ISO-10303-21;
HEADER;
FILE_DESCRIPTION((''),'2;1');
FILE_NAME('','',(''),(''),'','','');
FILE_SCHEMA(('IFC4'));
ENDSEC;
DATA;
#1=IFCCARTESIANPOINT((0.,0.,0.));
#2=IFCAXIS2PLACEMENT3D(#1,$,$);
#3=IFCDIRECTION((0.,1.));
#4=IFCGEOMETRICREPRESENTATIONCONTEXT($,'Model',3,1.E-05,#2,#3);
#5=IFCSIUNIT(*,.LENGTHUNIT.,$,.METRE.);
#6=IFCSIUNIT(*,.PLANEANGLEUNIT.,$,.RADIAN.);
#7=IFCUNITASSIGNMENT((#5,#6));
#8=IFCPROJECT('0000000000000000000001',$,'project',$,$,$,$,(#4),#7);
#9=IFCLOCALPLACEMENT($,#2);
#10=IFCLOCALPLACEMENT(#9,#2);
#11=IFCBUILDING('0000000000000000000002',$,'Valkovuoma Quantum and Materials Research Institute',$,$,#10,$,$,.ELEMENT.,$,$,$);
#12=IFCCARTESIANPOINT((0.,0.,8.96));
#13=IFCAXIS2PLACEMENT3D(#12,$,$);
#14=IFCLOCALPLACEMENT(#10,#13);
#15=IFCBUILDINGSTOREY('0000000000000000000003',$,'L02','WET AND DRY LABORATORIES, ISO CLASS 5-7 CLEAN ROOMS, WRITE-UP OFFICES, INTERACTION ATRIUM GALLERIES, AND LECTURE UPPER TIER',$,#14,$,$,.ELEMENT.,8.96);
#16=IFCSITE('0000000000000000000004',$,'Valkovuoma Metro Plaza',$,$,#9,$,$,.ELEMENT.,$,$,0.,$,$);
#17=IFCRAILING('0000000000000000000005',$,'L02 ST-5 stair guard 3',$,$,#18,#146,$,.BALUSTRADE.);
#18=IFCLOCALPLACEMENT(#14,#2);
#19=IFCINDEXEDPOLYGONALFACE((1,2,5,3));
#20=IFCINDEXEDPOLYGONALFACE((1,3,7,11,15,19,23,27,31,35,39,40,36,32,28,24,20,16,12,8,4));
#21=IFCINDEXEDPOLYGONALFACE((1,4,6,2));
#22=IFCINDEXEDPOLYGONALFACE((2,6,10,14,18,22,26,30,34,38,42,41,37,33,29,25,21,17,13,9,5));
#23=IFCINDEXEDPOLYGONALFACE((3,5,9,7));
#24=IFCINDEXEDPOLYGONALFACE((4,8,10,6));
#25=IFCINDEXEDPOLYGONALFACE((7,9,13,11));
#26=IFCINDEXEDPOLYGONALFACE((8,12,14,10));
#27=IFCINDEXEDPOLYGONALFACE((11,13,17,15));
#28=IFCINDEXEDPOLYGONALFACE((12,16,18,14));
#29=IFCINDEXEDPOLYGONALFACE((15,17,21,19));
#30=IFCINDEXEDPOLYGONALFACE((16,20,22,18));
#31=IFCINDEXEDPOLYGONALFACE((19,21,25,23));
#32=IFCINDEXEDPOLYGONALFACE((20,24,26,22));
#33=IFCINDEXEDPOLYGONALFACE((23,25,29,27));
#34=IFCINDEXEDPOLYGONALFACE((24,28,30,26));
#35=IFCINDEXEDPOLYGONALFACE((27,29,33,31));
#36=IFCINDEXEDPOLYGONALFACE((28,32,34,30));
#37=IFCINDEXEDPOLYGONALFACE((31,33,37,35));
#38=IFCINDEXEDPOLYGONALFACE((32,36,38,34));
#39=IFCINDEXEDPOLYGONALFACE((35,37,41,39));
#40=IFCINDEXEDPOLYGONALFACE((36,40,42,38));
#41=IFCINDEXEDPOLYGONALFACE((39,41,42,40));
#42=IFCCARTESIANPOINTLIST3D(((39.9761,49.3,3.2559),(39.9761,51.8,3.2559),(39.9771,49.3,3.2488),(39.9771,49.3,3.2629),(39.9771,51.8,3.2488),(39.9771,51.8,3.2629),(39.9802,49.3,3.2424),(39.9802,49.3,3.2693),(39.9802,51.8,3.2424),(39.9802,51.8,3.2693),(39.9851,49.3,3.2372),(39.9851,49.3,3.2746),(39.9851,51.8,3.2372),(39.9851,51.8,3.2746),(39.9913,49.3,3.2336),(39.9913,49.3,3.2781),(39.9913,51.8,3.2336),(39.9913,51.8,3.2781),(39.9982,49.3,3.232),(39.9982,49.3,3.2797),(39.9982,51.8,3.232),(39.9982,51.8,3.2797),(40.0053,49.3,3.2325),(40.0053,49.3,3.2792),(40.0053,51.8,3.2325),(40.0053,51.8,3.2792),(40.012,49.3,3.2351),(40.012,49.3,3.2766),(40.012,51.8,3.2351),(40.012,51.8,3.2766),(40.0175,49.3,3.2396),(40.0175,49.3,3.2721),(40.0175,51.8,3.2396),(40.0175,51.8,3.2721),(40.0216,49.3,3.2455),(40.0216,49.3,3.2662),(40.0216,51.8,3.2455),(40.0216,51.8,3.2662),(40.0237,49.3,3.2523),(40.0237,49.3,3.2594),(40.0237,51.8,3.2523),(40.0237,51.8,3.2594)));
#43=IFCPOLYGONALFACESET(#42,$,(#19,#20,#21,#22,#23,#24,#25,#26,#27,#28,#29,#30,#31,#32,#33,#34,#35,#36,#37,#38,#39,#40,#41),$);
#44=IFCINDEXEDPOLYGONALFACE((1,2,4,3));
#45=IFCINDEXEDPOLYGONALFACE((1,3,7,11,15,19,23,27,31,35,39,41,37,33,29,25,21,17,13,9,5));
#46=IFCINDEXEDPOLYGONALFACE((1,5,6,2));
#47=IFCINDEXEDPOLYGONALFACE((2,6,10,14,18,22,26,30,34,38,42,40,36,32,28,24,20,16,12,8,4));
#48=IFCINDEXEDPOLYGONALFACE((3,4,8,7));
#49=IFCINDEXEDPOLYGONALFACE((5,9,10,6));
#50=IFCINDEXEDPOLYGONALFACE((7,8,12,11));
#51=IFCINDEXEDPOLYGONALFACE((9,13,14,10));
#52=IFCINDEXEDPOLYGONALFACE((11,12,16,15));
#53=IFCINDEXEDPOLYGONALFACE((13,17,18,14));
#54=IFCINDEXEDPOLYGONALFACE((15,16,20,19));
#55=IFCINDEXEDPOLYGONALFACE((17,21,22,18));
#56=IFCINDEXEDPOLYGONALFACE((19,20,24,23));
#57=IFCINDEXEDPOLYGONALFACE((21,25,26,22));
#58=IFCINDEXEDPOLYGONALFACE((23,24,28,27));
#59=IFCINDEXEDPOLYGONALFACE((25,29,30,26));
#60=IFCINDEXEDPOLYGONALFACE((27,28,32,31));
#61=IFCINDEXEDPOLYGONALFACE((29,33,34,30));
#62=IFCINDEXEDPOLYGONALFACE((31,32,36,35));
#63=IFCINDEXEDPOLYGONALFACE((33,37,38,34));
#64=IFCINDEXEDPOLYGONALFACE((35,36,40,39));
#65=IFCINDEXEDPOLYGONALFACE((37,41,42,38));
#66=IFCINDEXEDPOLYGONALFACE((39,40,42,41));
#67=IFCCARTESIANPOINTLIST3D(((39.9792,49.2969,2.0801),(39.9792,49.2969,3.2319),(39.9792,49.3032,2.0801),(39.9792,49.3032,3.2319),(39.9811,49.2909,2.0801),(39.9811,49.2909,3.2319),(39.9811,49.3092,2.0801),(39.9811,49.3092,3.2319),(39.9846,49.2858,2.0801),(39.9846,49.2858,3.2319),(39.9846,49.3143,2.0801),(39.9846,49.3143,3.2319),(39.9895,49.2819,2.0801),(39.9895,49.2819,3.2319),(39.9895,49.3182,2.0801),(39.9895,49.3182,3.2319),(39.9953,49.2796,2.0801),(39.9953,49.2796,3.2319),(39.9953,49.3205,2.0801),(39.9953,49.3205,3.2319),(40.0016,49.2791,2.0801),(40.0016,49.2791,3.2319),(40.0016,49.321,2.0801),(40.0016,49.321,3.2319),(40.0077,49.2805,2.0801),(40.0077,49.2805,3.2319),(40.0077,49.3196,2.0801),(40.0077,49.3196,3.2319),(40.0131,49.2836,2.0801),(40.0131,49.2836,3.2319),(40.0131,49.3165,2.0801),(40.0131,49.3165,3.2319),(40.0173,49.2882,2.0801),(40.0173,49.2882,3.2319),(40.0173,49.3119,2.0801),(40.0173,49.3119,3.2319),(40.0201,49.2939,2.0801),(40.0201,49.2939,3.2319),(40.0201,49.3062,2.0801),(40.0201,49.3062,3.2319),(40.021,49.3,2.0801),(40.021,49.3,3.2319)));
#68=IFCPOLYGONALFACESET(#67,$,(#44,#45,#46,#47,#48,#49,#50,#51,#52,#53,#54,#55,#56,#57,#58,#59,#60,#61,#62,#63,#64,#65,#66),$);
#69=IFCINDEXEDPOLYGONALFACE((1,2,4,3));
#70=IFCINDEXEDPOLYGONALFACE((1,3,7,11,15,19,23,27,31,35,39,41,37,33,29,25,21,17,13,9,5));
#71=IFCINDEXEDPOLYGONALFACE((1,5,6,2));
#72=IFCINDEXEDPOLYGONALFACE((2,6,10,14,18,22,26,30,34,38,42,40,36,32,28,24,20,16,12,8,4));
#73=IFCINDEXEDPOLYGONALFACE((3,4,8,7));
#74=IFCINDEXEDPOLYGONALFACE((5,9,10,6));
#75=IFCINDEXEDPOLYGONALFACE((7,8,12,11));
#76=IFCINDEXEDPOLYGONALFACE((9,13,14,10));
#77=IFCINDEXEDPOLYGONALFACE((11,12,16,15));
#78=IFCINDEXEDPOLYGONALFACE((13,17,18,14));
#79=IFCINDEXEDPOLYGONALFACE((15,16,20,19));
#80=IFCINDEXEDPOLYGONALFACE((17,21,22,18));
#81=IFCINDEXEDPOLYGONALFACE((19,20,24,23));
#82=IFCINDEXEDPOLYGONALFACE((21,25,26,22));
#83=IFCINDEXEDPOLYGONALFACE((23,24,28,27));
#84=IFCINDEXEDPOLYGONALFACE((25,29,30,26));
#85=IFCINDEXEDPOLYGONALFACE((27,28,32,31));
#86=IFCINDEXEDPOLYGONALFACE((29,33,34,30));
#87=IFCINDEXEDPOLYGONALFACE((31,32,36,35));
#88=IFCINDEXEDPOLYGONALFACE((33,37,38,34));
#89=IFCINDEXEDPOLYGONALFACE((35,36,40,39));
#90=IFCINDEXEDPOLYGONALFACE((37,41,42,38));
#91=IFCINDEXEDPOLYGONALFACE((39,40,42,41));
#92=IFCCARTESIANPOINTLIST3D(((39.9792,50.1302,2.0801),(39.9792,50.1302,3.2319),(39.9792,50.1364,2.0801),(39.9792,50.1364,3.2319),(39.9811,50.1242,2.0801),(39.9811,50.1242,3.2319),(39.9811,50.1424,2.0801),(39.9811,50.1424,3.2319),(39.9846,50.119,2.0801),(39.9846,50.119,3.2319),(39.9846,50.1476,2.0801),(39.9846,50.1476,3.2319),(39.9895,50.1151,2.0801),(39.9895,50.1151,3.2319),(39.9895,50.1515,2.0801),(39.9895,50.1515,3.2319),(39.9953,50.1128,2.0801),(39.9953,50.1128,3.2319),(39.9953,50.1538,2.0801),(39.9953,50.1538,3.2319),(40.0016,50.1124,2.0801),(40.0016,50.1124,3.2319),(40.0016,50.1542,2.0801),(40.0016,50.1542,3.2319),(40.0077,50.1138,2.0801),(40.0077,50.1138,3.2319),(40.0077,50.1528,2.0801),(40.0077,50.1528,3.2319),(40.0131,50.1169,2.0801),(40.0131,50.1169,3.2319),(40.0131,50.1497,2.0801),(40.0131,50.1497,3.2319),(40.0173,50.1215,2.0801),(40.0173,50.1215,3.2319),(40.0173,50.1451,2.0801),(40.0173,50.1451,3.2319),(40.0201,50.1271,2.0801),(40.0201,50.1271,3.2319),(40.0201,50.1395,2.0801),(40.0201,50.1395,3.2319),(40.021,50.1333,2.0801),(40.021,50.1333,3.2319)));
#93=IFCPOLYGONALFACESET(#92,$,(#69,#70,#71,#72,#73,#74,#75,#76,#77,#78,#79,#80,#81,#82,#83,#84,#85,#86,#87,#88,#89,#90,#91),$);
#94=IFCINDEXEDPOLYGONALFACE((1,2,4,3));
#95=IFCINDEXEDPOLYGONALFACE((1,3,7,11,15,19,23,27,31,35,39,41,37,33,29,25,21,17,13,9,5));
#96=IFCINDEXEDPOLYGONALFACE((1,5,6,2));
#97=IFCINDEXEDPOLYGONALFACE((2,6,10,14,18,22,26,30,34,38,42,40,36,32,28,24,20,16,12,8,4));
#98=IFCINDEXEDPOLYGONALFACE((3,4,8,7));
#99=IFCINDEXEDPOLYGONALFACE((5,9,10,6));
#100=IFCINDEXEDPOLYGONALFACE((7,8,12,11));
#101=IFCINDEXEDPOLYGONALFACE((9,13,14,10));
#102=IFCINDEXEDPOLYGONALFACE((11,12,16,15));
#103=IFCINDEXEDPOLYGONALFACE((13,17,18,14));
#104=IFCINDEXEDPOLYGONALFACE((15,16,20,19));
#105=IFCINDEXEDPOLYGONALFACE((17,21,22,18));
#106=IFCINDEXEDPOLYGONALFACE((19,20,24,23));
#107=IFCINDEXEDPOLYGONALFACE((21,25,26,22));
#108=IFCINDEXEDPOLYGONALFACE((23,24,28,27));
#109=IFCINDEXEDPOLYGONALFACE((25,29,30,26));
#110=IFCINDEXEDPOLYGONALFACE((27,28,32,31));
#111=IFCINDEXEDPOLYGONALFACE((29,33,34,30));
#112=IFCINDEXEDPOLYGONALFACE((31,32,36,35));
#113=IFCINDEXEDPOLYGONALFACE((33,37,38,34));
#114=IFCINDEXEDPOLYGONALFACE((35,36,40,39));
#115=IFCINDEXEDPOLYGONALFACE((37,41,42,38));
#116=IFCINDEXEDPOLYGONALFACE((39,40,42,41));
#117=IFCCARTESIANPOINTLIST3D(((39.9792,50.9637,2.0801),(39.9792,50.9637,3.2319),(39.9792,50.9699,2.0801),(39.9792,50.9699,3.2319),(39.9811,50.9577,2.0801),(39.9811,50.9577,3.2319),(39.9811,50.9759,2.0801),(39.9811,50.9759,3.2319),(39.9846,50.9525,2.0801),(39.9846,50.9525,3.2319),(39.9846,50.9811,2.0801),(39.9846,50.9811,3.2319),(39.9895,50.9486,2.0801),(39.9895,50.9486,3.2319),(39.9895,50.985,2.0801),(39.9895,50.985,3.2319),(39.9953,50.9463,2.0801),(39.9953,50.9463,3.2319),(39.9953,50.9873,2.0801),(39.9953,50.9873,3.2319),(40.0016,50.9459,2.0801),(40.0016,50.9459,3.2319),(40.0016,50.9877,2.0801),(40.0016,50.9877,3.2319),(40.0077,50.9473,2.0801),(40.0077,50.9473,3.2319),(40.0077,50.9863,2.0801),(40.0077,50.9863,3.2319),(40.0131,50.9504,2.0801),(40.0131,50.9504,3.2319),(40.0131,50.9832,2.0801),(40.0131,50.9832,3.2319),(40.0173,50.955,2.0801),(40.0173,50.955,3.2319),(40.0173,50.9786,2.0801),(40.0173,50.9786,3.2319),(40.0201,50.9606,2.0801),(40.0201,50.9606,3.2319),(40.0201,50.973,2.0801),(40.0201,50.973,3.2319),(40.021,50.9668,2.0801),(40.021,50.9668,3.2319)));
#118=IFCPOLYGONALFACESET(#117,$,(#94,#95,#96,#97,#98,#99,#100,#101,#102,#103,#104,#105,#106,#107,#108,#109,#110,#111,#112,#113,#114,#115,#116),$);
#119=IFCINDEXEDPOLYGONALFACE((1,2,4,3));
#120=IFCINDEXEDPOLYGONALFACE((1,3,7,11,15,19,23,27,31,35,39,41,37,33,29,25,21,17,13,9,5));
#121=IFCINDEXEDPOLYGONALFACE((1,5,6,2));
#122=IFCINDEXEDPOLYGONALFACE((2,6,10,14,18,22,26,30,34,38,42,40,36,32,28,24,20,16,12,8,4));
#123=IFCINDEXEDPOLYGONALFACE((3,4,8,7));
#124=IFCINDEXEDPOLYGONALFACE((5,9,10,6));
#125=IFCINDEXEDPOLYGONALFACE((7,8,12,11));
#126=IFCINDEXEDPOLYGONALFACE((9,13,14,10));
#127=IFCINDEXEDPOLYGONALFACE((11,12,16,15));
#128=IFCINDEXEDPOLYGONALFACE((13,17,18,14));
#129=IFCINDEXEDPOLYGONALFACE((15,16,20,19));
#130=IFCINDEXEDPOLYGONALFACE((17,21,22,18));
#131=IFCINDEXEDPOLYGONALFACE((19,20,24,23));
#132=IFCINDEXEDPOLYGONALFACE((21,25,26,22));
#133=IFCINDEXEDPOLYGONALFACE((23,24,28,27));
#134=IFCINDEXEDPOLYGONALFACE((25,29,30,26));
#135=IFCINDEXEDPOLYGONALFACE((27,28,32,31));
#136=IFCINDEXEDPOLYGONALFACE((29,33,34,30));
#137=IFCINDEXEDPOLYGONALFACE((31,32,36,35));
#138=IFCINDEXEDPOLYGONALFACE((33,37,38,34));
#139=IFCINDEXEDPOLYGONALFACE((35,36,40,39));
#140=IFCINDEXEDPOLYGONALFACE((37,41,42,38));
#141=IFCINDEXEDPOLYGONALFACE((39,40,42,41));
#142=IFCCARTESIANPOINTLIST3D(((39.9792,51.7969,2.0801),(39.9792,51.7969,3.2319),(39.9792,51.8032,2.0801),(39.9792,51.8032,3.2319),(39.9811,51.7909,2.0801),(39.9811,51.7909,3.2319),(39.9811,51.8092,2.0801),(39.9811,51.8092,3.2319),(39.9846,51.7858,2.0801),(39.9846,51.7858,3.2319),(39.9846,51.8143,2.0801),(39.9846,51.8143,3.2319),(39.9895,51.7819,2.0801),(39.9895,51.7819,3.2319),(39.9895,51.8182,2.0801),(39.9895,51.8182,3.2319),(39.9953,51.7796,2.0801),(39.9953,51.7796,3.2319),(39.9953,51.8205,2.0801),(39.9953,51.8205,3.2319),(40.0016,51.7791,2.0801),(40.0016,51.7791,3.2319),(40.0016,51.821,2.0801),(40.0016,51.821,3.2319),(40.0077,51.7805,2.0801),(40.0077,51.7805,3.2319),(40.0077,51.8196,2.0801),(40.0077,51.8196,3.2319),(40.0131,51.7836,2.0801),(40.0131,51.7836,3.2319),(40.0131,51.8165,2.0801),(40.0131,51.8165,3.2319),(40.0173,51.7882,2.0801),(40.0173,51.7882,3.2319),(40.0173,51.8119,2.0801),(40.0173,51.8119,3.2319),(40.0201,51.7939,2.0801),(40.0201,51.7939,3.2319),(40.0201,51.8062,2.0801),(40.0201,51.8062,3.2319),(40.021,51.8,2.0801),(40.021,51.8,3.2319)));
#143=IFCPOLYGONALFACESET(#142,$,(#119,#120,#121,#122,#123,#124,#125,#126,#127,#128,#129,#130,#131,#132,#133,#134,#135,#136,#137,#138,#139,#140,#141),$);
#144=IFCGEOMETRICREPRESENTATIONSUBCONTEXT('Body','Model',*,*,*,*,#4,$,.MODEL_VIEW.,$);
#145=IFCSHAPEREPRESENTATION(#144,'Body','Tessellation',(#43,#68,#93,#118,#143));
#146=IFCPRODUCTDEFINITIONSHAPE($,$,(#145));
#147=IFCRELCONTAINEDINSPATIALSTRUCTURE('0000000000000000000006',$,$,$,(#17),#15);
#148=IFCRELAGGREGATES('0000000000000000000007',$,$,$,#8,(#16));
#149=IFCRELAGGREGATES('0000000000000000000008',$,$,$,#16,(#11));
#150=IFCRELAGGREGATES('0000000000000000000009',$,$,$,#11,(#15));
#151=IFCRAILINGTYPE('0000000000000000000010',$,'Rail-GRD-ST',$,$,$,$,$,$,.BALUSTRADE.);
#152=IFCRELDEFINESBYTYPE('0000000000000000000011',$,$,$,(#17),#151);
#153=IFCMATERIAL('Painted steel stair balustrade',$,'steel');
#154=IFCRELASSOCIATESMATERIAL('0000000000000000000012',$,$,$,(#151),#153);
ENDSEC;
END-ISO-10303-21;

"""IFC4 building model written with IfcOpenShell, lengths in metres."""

from ifc_helpers import new_model, si_unit, direction, frame, origin, origin_2d, place, context, subcontext, project, spatial, circle, extrude, material, type_object, element, save


model = new_model("IFC4")

# Units and contexts
model_context = context("Model", 3, precision=1e-05, world=origin(), true_north=direction((0.0, 1.0)))
body_context = subcontext(model_context, "Body", "Model", "MODEL_VIEW")
ifc_project = project(units=[si_unit("LENGTHUNIT", "METRE"), si_unit("PLANEANGLEUNIT", "RADIAN")], contexts=[model_context])

# Site, building, storey
site_placement = place(None, origin())
site = spatial("IfcSite", under=ifc_project, at=site_placement, Name="Valkovuoma Metro Plaza", CompositionType="ELEMENT", RefElevation=0.0)
building_placement = place(site_placement, origin())
building = spatial("IfcBuilding", under=site, at=building_placement, Name="Valkovuoma Quantum and Materials Research Institute", CompositionType="ELEMENT")
storey_placement = place(building_placement, frame((0.0, 0.0, 8.96)))
storey = spatial("IfcBuildingStorey", under=building, at=storey_placement, Name="L02", Description="WET AND DRY LABORATORIES, ISO CLASS 5-7 CLEAN ROOMS, WRITE-UP OFFICES, INTERACTION ATRIUM GALLERIES, AND LECTURE UPPER TIER", CompositionType="ELEMENT", Elevation=8.96)

# Railing
ifc_material_1 = material(Name="Painted steel stair balustrade", Category="steel")
railing_type_1 = type_object("IfcRailingType", Name="Rail-GRD-ST", PredefinedType="BALUSTRADE", material=ifc_material_1)
for number, where, name in (
    (1, (40.0, 49.3, 2.0801), "L02 ST-5 stair guard 3"),
):
    element("IfcRailing", number, at=place(storey_placement, frame(where)), inside=storey, type_object=railing_type_1, Name=name, PredefinedType="BALUSTRADE", context=body_context, shape_type="SweptSolid", body=[
        extrude(circle(Radius=0.0239, at=origin_2d()), frame((0.0, 0.0, 1.1758), z_axis=(0.0, 1.0, 0.0), x_axis=(-1.0, 0.0, 0.0)), (0.0, 0.0, 1.0), 2.5),
        extrude(circle(Radius=0.021, at=origin_2d()), origin(), (0.0, 0.0, 1.0), 1.1519),
        extrude(circle(Radius=0.021, at=origin_2d()), frame((0.0, 0.8333, 0.0)), (0.0, 0.0, 1.0), 1.1519),
        extrude(circle(Radius=0.021, at=origin_2d()), frame((0.0, 1.6667, 0.0)), (0.0, 0.0, 1.0), 1.1519),
        extrude(circle(Radius=0.021, at=origin_2d()), frame((0.0, 2.5, 0.0)), (0.0, 0.0, 1.0), 1.1519),
    ])

save(model, "model.ifc")
